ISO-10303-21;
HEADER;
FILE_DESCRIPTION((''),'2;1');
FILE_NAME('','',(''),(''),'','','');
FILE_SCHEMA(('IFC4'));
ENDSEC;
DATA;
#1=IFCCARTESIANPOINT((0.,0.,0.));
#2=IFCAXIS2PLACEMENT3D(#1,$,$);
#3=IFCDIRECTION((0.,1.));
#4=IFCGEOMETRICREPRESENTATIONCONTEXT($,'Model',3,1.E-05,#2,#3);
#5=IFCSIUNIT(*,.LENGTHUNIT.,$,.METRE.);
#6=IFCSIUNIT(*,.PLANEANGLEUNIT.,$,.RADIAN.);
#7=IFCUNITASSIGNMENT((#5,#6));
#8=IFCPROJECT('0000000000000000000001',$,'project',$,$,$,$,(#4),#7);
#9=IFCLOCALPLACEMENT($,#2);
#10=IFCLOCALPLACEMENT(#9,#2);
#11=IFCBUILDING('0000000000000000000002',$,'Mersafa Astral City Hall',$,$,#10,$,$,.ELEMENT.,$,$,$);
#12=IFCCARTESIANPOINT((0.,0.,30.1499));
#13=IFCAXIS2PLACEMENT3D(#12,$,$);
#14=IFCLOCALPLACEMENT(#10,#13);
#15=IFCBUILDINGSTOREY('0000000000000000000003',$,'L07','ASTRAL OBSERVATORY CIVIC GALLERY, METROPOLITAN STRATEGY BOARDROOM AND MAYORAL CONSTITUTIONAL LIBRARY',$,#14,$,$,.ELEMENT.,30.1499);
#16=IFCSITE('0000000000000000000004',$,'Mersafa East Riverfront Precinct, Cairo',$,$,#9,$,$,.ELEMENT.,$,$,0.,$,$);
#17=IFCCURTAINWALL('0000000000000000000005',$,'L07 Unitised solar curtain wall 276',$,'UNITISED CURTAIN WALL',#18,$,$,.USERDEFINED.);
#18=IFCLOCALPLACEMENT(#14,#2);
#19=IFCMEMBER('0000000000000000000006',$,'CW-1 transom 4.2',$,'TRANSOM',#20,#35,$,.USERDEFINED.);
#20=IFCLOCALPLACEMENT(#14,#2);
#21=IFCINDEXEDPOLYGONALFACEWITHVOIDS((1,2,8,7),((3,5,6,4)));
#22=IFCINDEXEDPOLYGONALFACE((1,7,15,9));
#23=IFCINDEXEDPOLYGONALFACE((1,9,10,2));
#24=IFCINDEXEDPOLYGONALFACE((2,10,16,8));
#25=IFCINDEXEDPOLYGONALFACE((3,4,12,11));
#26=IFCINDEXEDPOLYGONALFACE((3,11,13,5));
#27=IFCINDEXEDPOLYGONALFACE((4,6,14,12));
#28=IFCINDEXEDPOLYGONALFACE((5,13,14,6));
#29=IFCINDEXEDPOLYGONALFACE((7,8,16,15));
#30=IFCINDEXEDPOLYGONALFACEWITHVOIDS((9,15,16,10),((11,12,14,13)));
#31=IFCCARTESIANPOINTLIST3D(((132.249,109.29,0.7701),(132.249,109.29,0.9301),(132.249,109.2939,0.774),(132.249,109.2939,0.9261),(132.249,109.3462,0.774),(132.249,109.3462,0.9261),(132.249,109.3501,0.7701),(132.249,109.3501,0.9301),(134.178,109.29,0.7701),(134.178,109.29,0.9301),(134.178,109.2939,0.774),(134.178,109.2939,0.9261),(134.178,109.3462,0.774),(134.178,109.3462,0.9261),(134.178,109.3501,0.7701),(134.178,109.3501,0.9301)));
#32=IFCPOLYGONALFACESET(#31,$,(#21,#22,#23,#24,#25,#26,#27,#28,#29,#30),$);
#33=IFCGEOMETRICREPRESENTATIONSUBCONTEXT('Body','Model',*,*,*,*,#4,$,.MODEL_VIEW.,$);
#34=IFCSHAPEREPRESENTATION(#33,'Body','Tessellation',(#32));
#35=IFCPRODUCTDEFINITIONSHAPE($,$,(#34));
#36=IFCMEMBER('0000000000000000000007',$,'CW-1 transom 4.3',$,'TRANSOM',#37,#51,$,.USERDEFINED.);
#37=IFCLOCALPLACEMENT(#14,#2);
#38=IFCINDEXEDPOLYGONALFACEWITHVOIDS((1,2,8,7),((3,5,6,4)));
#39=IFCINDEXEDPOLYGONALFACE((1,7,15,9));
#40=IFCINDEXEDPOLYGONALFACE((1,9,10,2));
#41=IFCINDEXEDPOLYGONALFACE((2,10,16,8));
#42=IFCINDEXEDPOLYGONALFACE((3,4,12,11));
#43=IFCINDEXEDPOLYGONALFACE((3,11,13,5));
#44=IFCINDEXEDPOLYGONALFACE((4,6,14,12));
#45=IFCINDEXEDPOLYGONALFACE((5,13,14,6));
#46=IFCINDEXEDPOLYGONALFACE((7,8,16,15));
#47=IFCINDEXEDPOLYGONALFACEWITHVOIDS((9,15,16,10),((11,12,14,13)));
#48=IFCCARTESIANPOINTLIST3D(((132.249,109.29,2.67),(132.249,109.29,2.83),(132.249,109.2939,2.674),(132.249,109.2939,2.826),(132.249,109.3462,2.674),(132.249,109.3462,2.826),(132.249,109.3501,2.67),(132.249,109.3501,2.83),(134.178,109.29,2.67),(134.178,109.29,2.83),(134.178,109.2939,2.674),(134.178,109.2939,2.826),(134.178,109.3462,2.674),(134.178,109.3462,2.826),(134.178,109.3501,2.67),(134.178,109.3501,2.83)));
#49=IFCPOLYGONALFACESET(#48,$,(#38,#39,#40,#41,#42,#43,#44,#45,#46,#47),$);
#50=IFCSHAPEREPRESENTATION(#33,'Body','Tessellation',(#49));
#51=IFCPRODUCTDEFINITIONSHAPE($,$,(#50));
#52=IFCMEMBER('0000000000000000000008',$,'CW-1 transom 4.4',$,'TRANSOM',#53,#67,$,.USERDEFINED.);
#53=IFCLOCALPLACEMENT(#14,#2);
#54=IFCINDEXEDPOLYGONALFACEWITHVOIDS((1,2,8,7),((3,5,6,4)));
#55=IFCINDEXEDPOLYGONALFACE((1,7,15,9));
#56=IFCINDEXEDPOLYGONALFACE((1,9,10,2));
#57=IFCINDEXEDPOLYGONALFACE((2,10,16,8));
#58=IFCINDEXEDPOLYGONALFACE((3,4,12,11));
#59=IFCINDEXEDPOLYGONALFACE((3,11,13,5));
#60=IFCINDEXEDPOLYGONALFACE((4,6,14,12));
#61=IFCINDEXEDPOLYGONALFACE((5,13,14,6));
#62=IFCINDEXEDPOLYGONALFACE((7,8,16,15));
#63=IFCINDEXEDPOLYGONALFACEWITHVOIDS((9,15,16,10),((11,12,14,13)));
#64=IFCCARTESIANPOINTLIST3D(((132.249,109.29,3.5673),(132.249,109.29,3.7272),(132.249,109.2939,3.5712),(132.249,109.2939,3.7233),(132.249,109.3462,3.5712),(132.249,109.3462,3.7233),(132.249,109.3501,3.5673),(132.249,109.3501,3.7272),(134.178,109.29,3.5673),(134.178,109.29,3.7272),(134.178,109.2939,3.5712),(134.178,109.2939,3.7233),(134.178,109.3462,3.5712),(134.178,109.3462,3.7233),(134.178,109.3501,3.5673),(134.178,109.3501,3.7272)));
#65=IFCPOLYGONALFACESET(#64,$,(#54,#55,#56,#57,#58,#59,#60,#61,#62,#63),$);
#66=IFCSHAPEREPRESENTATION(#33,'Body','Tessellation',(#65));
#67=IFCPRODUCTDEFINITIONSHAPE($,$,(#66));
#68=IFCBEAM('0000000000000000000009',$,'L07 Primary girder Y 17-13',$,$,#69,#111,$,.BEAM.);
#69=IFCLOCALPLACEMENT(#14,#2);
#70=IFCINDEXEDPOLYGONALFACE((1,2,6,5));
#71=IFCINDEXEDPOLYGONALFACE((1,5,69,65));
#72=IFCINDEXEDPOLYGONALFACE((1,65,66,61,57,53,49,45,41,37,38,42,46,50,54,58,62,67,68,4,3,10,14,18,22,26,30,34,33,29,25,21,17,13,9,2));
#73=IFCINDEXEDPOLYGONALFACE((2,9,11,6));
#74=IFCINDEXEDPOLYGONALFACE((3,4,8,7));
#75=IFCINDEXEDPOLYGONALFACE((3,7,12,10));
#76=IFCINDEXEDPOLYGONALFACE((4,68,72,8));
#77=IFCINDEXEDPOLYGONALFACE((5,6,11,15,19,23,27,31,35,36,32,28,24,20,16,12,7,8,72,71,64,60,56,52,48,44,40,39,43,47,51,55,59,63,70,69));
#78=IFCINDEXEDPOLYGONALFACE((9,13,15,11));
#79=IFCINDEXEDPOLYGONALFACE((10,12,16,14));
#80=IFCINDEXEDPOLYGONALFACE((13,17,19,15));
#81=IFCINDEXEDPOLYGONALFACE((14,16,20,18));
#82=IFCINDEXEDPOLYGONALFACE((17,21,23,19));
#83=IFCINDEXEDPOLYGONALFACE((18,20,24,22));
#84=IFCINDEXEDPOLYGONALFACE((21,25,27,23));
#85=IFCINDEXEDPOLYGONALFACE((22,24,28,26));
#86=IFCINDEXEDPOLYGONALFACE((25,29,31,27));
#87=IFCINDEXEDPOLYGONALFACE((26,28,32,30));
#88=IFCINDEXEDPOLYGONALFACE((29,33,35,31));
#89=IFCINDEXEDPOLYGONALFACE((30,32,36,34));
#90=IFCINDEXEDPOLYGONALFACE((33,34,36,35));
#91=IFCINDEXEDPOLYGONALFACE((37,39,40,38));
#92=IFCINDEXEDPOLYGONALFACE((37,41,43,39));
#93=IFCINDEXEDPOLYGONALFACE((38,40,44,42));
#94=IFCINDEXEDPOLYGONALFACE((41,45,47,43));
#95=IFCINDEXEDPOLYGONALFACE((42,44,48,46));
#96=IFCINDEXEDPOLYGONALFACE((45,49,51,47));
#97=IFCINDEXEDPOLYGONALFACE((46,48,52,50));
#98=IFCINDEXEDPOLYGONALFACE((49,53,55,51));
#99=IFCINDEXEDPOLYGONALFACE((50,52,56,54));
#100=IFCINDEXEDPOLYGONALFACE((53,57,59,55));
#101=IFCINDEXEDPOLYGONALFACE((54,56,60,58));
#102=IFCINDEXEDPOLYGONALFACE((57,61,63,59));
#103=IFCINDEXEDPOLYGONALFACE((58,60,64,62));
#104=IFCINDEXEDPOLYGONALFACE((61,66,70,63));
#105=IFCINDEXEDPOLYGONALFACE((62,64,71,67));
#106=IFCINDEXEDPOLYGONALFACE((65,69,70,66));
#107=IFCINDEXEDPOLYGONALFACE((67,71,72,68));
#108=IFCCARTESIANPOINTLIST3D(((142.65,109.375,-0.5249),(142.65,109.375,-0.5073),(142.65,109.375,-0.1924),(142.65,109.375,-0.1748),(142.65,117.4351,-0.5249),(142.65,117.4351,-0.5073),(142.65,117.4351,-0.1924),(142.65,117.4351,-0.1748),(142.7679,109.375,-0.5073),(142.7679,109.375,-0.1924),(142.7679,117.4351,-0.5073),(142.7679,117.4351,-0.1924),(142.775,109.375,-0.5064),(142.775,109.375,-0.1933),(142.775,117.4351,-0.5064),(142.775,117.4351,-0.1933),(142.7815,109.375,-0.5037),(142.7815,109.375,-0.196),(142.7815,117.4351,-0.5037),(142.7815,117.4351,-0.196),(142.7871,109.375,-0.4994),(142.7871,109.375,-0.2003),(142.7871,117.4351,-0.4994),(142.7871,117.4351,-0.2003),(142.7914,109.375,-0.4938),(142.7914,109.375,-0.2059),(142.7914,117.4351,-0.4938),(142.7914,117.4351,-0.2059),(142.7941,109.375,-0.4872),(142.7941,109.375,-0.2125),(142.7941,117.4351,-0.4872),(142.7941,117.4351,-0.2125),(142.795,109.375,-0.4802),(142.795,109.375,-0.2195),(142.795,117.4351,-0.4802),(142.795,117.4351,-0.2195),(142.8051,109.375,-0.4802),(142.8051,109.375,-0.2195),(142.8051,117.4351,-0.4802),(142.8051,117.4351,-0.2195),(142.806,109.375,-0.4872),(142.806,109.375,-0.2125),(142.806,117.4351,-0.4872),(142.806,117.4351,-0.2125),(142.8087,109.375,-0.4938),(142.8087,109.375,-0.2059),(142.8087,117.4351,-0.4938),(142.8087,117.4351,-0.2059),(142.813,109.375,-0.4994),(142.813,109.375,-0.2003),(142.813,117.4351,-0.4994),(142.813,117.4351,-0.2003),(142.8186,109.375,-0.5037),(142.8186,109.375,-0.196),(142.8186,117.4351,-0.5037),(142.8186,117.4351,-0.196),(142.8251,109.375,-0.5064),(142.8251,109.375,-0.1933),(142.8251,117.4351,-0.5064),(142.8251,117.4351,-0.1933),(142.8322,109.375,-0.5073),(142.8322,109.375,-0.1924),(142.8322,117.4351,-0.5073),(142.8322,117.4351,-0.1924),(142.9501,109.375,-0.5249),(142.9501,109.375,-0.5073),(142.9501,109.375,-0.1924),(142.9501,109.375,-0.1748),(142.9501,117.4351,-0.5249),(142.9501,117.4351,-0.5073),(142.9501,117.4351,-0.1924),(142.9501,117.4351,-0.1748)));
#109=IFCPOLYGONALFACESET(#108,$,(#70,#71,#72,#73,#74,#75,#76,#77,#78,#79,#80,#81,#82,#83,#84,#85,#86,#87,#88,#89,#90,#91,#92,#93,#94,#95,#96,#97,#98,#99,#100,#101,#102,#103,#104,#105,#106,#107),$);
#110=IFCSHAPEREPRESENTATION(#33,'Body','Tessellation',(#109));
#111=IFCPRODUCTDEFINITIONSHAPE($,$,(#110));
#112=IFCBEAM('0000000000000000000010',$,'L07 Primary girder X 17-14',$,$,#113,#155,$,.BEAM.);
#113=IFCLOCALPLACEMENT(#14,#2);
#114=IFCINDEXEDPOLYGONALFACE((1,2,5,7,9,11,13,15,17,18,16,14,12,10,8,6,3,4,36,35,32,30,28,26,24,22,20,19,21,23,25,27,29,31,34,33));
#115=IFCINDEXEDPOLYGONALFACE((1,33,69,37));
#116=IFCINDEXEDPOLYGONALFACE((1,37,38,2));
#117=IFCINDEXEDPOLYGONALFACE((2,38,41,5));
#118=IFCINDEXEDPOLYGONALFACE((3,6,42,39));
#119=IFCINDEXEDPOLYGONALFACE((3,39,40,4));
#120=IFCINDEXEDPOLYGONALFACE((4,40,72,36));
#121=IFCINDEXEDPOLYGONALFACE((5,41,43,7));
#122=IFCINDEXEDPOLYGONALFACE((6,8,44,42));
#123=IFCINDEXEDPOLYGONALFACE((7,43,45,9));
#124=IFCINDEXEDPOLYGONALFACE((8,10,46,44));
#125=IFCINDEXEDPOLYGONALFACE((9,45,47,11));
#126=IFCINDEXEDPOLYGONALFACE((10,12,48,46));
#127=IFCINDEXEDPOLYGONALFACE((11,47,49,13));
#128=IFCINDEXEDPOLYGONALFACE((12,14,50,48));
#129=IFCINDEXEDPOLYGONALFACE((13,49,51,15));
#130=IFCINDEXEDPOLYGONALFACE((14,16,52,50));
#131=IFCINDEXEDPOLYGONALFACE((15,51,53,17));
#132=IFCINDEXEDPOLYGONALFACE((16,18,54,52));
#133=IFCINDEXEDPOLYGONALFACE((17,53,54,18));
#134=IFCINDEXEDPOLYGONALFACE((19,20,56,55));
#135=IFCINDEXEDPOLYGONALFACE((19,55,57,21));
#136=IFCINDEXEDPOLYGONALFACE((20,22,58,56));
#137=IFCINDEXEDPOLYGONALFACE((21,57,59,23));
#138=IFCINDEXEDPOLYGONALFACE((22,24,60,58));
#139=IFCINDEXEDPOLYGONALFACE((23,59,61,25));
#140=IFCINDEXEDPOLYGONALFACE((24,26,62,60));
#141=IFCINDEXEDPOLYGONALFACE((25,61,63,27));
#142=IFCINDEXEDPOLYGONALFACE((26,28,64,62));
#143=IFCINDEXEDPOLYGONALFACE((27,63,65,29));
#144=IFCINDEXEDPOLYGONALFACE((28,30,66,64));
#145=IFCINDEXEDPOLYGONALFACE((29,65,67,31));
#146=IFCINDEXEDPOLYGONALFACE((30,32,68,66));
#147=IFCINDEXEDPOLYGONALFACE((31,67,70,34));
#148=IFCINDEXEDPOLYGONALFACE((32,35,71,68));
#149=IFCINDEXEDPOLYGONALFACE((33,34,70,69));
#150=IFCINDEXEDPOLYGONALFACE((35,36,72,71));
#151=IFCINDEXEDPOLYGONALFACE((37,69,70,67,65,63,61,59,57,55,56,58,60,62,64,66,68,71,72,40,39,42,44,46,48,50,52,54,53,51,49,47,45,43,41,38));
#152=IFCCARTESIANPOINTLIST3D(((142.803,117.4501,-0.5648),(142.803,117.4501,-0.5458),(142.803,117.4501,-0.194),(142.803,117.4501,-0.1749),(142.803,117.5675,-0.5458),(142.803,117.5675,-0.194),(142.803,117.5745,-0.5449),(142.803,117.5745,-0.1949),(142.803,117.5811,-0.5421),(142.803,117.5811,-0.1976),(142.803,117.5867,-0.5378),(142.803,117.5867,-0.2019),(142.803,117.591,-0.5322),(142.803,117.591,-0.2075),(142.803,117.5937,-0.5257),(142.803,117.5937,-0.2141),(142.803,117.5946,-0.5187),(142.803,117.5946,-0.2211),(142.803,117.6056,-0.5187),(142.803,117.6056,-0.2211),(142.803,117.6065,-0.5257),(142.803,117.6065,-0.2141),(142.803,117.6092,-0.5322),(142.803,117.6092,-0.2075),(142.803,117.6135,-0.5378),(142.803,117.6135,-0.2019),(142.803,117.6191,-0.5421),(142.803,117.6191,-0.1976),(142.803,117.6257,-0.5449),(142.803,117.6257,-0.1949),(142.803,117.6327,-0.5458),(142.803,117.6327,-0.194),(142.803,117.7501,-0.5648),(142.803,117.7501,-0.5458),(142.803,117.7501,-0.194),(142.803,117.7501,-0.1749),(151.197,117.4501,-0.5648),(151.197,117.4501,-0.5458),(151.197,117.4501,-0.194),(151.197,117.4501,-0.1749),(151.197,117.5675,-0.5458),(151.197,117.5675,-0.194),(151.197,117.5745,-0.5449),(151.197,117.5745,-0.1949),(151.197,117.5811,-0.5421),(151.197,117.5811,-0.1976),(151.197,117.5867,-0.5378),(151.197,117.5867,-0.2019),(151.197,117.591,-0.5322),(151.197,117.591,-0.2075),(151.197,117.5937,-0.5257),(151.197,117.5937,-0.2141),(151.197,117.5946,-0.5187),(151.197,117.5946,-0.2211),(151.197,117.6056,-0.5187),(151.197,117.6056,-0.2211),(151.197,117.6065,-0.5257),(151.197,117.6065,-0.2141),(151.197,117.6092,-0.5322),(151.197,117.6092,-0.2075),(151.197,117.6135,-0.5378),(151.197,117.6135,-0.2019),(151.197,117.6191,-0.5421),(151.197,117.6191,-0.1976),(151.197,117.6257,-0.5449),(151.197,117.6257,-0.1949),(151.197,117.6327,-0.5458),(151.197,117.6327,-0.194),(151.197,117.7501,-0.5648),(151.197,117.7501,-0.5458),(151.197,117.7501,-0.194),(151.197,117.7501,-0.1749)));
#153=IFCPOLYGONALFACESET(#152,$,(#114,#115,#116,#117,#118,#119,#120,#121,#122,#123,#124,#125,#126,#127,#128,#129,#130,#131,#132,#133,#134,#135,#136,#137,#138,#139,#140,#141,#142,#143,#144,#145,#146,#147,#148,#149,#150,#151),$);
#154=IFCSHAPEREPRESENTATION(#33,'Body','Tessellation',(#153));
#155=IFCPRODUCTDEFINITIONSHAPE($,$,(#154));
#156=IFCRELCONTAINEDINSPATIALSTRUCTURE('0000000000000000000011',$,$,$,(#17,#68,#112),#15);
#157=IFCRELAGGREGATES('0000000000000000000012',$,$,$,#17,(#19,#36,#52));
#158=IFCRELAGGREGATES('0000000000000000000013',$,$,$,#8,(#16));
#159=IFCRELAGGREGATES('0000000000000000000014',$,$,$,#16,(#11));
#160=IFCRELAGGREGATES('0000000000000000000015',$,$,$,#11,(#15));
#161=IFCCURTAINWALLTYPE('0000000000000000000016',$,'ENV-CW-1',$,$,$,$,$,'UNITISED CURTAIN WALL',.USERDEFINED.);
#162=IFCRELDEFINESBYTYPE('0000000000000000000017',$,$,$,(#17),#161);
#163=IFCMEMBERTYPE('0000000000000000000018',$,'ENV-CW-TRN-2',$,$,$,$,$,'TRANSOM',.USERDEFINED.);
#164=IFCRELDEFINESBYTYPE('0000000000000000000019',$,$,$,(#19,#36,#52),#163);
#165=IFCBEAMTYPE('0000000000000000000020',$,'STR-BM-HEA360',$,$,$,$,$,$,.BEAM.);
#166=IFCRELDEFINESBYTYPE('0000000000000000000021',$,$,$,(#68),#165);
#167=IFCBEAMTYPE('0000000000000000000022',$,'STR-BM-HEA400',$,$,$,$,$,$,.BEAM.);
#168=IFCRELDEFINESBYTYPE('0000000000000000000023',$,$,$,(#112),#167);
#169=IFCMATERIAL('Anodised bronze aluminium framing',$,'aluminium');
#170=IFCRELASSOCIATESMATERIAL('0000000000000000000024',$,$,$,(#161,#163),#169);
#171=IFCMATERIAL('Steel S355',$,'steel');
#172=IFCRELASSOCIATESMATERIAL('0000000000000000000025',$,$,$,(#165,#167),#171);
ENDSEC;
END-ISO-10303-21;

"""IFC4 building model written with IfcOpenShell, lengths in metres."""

from ifc_helpers import new_model, si_unit, direction, frame, origin, origin_2d, place, context, subcontext, project, spatial, hollow_rectangle, i_section, extrude, material, material_profile, profile_set, type_object, element, aggregate, save


model = new_model("IFC4")

# Units and contexts
model_context = context("Model", 3, precision=1e-05, world=origin(), true_north=direction((0.0, 1.0)))
body_context = subcontext(model_context, "Body", "Model", "MODEL_VIEW")
ifc_project = project(units=[si_unit("LENGTHUNIT", "METRE"), si_unit("PLANEANGLEUNIT", "RADIAN")], contexts=[model_context])

# Site, building, storey
site_placement = place(None, origin())
site = spatial("IfcSite", under=ifc_project, at=site_placement, Name="Mersafa East Riverfront Precinct, Cairo", CompositionType="ELEMENT", RefElevation=0.0)
building_placement = place(site_placement, origin())
building = spatial("IfcBuilding", under=site, at=building_placement, Name="Mersafa Astral City Hall", CompositionType="ELEMENT")
storey_placement = place(building_placement, frame((0.0, 0.0, 30.1499)))
storey = spatial("IfcBuildingStorey", under=building, at=storey_placement, Name="L07", Description="ASTRAL OBSERVATORY CIVIC GALLERY, METROPOLITAN STRATEGY BOARDROOM AND MAYORAL CONSTITUTIONAL LIBRARY", CompositionType="ELEMENT", Elevation=30.1499)

# Shared definitions
ifc_material_1 = material(Name="Steel S355", Category="steel")

# Curtain wall, members
ifc_material_2 = material(Name="Anodised bronze aluminium framing", Category="aluminium")
curtain_wall_type = type_object("IfcCurtainWallType", Name="ENV-CW-1", ElementType="UNITISED CURTAIN WALL", PredefinedType="USERDEFINED", material=ifc_material_2)
curtain_wall_placement = place(storey_placement, origin())
curtain_wall = element("IfcCurtainWall", 1, at=curtain_wall_placement, inside=storey, type_object=curtain_wall_type, Name="L07 Unitised solar curtain wall 276", ObjectType="UNITISED CURTAIN WALL", PredefinedType="USERDEFINED")
ifc_material_profile_1 = material_profile(ifc_material_2, hollow_rectangle(XDim=0.0601, YDim=0.1599, WallThickness=0.0039, at=origin_2d()), Name="RHS 60x160x4")
ifc_profile_set_1 = profile_set([ifc_material_profile_1], Name="Anodised bronze aluminium framing")
member_type_1 = type_object("IfcMemberType", Name="ENV-CW-TRN-2", ElementType="TRANSOM", PredefinedType="USERDEFINED", material=ifc_profile_set_1)
member_1_placement = place(storey_placement, frame((132.249, 109.3201, 0.8501), z_axis=(1.0, 0.0, 0.0), x_axis=(0.0, 1.0, 0.0)))
member_1 = element("IfcMember", 2, at=member_1_placement, type_object=member_type_1, Name="CW-1 transom 4.2", ObjectType="TRANSOM", PredefinedType="USERDEFINED", context=body_context, shape_type="SweptSolid", body=[
    extrude(hollow_rectangle(XDim=0.0601, YDim=0.1599, WallThickness=0.0039, at=origin_2d()), origin(), (0.0, 0.0, 1.0), 1.929),
])
member_2_placement = place(storey_placement, frame((132.249, 109.3201, 2.75), z_axis=(1.0, 0.0, 0.0), x_axis=(0.0, 1.0, 0.0)))
member_2 = element("IfcMember", 3, at=member_2_placement, type_object=member_type_1, Name="CW-1 transom 4.3", ObjectType="TRANSOM", PredefinedType="USERDEFINED", context=body_context, shape_type="SweptSolid", body=[
    extrude(hollow_rectangle(XDim=0.0601, YDim=0.1599, WallThickness=0.0039, at=origin_2d()), origin(), (0.0, 0.0, 1.0), 1.929),
])
member_3_placement = place(storey_placement, frame((132.249, 109.3201, 3.6472), z_axis=(1.0, 0.0, 0.0), x_axis=(0.0, 1.0, 0.0)))
member_3 = element("IfcMember", 4, at=member_3_placement, type_object=member_type_1, Name="CW-1 transom 4.4", ObjectType="TRANSOM", PredefinedType="USERDEFINED", context=body_context, shape_type="SweptSolid", body=[
    extrude(hollow_rectangle(XDim=0.0601, YDim=0.1599, WallThickness=0.0039, at=origin_2d()), origin(), (0.0, 0.0, 1.0), 1.929),
])

# Beams
ifc_material_profile_2 = material_profile(ifc_material_1, i_section(OverallWidth=0.3, OverallDepth=0.3501, WebThickness=0.01, FlangeThickness=0.0176, FilletRadius=0.0271, at=origin_2d()), Name="HEA 360")
ifc_profile_set_2 = profile_set([ifc_material_profile_2], Name="Steel S355")
beam_type_1 = type_object("IfcBeamType", Name="STR-BM-HEA360", PredefinedType="BEAM", material=ifc_profile_set_2)
beam_1_placement = place(storey_placement, frame((142.8, 109.375, -0.3499), z_axis=(0.0, 1.0, 0.0), x_axis=(-1.0, 0.0, 0.0)))
element("IfcBeam", 5, at=beam_1_placement, inside=storey, type_object=beam_type_1, Name="L07 Primary girder Y 17-13", PredefinedType="BEAM", context=body_context, shape_type="SweptSolid", body=[
    extrude(i_section(OverallWidth=0.3, OverallDepth=0.3501, WebThickness=0.01, FlangeThickness=0.0176, FilletRadius=0.0271, at=origin_2d()), origin(), (0.0, 0.0, 1.0), 8.0601),
])
ifc_material_profile_3 = material_profile(ifc_material_1, i_section(OverallWidth=0.3, OverallDepth=0.3899, WebThickness=0.011, FlangeThickness=0.019, FilletRadius=0.0271, at=origin_2d()), Name="HEA 400")
ifc_profile_set_3 = profile_set([ifc_material_profile_3], Name="Steel S355")
beam_type_2 = type_object("IfcBeamType", Name="STR-BM-HEA400", PredefinedType="BEAM", material=ifc_profile_set_3)
beam_2_placement = place(storey_placement, frame((142.803, 117.6001, -0.3699), z_axis=(1.0, 0.0, 0.0), x_axis=(0.0, 1.0, 0.0)))
element("IfcBeam", 6, at=beam_2_placement, inside=storey, type_object=beam_type_2, Name="L07 Primary girder X 17-14", PredefinedType="BEAM", context=body_context, shape_type="SweptSolid", body=[
    extrude(i_section(OverallWidth=0.3, OverallDepth=0.3899, WebThickness=0.011, FlangeThickness=0.019, FilletRadius=0.0271, at=origin_2d()), origin(), (0.0, 0.0, 1.0), 8.394),
])

aggregate(curtain_wall, [member_1, member_2, member_3])

save(model, "model.ifc")
